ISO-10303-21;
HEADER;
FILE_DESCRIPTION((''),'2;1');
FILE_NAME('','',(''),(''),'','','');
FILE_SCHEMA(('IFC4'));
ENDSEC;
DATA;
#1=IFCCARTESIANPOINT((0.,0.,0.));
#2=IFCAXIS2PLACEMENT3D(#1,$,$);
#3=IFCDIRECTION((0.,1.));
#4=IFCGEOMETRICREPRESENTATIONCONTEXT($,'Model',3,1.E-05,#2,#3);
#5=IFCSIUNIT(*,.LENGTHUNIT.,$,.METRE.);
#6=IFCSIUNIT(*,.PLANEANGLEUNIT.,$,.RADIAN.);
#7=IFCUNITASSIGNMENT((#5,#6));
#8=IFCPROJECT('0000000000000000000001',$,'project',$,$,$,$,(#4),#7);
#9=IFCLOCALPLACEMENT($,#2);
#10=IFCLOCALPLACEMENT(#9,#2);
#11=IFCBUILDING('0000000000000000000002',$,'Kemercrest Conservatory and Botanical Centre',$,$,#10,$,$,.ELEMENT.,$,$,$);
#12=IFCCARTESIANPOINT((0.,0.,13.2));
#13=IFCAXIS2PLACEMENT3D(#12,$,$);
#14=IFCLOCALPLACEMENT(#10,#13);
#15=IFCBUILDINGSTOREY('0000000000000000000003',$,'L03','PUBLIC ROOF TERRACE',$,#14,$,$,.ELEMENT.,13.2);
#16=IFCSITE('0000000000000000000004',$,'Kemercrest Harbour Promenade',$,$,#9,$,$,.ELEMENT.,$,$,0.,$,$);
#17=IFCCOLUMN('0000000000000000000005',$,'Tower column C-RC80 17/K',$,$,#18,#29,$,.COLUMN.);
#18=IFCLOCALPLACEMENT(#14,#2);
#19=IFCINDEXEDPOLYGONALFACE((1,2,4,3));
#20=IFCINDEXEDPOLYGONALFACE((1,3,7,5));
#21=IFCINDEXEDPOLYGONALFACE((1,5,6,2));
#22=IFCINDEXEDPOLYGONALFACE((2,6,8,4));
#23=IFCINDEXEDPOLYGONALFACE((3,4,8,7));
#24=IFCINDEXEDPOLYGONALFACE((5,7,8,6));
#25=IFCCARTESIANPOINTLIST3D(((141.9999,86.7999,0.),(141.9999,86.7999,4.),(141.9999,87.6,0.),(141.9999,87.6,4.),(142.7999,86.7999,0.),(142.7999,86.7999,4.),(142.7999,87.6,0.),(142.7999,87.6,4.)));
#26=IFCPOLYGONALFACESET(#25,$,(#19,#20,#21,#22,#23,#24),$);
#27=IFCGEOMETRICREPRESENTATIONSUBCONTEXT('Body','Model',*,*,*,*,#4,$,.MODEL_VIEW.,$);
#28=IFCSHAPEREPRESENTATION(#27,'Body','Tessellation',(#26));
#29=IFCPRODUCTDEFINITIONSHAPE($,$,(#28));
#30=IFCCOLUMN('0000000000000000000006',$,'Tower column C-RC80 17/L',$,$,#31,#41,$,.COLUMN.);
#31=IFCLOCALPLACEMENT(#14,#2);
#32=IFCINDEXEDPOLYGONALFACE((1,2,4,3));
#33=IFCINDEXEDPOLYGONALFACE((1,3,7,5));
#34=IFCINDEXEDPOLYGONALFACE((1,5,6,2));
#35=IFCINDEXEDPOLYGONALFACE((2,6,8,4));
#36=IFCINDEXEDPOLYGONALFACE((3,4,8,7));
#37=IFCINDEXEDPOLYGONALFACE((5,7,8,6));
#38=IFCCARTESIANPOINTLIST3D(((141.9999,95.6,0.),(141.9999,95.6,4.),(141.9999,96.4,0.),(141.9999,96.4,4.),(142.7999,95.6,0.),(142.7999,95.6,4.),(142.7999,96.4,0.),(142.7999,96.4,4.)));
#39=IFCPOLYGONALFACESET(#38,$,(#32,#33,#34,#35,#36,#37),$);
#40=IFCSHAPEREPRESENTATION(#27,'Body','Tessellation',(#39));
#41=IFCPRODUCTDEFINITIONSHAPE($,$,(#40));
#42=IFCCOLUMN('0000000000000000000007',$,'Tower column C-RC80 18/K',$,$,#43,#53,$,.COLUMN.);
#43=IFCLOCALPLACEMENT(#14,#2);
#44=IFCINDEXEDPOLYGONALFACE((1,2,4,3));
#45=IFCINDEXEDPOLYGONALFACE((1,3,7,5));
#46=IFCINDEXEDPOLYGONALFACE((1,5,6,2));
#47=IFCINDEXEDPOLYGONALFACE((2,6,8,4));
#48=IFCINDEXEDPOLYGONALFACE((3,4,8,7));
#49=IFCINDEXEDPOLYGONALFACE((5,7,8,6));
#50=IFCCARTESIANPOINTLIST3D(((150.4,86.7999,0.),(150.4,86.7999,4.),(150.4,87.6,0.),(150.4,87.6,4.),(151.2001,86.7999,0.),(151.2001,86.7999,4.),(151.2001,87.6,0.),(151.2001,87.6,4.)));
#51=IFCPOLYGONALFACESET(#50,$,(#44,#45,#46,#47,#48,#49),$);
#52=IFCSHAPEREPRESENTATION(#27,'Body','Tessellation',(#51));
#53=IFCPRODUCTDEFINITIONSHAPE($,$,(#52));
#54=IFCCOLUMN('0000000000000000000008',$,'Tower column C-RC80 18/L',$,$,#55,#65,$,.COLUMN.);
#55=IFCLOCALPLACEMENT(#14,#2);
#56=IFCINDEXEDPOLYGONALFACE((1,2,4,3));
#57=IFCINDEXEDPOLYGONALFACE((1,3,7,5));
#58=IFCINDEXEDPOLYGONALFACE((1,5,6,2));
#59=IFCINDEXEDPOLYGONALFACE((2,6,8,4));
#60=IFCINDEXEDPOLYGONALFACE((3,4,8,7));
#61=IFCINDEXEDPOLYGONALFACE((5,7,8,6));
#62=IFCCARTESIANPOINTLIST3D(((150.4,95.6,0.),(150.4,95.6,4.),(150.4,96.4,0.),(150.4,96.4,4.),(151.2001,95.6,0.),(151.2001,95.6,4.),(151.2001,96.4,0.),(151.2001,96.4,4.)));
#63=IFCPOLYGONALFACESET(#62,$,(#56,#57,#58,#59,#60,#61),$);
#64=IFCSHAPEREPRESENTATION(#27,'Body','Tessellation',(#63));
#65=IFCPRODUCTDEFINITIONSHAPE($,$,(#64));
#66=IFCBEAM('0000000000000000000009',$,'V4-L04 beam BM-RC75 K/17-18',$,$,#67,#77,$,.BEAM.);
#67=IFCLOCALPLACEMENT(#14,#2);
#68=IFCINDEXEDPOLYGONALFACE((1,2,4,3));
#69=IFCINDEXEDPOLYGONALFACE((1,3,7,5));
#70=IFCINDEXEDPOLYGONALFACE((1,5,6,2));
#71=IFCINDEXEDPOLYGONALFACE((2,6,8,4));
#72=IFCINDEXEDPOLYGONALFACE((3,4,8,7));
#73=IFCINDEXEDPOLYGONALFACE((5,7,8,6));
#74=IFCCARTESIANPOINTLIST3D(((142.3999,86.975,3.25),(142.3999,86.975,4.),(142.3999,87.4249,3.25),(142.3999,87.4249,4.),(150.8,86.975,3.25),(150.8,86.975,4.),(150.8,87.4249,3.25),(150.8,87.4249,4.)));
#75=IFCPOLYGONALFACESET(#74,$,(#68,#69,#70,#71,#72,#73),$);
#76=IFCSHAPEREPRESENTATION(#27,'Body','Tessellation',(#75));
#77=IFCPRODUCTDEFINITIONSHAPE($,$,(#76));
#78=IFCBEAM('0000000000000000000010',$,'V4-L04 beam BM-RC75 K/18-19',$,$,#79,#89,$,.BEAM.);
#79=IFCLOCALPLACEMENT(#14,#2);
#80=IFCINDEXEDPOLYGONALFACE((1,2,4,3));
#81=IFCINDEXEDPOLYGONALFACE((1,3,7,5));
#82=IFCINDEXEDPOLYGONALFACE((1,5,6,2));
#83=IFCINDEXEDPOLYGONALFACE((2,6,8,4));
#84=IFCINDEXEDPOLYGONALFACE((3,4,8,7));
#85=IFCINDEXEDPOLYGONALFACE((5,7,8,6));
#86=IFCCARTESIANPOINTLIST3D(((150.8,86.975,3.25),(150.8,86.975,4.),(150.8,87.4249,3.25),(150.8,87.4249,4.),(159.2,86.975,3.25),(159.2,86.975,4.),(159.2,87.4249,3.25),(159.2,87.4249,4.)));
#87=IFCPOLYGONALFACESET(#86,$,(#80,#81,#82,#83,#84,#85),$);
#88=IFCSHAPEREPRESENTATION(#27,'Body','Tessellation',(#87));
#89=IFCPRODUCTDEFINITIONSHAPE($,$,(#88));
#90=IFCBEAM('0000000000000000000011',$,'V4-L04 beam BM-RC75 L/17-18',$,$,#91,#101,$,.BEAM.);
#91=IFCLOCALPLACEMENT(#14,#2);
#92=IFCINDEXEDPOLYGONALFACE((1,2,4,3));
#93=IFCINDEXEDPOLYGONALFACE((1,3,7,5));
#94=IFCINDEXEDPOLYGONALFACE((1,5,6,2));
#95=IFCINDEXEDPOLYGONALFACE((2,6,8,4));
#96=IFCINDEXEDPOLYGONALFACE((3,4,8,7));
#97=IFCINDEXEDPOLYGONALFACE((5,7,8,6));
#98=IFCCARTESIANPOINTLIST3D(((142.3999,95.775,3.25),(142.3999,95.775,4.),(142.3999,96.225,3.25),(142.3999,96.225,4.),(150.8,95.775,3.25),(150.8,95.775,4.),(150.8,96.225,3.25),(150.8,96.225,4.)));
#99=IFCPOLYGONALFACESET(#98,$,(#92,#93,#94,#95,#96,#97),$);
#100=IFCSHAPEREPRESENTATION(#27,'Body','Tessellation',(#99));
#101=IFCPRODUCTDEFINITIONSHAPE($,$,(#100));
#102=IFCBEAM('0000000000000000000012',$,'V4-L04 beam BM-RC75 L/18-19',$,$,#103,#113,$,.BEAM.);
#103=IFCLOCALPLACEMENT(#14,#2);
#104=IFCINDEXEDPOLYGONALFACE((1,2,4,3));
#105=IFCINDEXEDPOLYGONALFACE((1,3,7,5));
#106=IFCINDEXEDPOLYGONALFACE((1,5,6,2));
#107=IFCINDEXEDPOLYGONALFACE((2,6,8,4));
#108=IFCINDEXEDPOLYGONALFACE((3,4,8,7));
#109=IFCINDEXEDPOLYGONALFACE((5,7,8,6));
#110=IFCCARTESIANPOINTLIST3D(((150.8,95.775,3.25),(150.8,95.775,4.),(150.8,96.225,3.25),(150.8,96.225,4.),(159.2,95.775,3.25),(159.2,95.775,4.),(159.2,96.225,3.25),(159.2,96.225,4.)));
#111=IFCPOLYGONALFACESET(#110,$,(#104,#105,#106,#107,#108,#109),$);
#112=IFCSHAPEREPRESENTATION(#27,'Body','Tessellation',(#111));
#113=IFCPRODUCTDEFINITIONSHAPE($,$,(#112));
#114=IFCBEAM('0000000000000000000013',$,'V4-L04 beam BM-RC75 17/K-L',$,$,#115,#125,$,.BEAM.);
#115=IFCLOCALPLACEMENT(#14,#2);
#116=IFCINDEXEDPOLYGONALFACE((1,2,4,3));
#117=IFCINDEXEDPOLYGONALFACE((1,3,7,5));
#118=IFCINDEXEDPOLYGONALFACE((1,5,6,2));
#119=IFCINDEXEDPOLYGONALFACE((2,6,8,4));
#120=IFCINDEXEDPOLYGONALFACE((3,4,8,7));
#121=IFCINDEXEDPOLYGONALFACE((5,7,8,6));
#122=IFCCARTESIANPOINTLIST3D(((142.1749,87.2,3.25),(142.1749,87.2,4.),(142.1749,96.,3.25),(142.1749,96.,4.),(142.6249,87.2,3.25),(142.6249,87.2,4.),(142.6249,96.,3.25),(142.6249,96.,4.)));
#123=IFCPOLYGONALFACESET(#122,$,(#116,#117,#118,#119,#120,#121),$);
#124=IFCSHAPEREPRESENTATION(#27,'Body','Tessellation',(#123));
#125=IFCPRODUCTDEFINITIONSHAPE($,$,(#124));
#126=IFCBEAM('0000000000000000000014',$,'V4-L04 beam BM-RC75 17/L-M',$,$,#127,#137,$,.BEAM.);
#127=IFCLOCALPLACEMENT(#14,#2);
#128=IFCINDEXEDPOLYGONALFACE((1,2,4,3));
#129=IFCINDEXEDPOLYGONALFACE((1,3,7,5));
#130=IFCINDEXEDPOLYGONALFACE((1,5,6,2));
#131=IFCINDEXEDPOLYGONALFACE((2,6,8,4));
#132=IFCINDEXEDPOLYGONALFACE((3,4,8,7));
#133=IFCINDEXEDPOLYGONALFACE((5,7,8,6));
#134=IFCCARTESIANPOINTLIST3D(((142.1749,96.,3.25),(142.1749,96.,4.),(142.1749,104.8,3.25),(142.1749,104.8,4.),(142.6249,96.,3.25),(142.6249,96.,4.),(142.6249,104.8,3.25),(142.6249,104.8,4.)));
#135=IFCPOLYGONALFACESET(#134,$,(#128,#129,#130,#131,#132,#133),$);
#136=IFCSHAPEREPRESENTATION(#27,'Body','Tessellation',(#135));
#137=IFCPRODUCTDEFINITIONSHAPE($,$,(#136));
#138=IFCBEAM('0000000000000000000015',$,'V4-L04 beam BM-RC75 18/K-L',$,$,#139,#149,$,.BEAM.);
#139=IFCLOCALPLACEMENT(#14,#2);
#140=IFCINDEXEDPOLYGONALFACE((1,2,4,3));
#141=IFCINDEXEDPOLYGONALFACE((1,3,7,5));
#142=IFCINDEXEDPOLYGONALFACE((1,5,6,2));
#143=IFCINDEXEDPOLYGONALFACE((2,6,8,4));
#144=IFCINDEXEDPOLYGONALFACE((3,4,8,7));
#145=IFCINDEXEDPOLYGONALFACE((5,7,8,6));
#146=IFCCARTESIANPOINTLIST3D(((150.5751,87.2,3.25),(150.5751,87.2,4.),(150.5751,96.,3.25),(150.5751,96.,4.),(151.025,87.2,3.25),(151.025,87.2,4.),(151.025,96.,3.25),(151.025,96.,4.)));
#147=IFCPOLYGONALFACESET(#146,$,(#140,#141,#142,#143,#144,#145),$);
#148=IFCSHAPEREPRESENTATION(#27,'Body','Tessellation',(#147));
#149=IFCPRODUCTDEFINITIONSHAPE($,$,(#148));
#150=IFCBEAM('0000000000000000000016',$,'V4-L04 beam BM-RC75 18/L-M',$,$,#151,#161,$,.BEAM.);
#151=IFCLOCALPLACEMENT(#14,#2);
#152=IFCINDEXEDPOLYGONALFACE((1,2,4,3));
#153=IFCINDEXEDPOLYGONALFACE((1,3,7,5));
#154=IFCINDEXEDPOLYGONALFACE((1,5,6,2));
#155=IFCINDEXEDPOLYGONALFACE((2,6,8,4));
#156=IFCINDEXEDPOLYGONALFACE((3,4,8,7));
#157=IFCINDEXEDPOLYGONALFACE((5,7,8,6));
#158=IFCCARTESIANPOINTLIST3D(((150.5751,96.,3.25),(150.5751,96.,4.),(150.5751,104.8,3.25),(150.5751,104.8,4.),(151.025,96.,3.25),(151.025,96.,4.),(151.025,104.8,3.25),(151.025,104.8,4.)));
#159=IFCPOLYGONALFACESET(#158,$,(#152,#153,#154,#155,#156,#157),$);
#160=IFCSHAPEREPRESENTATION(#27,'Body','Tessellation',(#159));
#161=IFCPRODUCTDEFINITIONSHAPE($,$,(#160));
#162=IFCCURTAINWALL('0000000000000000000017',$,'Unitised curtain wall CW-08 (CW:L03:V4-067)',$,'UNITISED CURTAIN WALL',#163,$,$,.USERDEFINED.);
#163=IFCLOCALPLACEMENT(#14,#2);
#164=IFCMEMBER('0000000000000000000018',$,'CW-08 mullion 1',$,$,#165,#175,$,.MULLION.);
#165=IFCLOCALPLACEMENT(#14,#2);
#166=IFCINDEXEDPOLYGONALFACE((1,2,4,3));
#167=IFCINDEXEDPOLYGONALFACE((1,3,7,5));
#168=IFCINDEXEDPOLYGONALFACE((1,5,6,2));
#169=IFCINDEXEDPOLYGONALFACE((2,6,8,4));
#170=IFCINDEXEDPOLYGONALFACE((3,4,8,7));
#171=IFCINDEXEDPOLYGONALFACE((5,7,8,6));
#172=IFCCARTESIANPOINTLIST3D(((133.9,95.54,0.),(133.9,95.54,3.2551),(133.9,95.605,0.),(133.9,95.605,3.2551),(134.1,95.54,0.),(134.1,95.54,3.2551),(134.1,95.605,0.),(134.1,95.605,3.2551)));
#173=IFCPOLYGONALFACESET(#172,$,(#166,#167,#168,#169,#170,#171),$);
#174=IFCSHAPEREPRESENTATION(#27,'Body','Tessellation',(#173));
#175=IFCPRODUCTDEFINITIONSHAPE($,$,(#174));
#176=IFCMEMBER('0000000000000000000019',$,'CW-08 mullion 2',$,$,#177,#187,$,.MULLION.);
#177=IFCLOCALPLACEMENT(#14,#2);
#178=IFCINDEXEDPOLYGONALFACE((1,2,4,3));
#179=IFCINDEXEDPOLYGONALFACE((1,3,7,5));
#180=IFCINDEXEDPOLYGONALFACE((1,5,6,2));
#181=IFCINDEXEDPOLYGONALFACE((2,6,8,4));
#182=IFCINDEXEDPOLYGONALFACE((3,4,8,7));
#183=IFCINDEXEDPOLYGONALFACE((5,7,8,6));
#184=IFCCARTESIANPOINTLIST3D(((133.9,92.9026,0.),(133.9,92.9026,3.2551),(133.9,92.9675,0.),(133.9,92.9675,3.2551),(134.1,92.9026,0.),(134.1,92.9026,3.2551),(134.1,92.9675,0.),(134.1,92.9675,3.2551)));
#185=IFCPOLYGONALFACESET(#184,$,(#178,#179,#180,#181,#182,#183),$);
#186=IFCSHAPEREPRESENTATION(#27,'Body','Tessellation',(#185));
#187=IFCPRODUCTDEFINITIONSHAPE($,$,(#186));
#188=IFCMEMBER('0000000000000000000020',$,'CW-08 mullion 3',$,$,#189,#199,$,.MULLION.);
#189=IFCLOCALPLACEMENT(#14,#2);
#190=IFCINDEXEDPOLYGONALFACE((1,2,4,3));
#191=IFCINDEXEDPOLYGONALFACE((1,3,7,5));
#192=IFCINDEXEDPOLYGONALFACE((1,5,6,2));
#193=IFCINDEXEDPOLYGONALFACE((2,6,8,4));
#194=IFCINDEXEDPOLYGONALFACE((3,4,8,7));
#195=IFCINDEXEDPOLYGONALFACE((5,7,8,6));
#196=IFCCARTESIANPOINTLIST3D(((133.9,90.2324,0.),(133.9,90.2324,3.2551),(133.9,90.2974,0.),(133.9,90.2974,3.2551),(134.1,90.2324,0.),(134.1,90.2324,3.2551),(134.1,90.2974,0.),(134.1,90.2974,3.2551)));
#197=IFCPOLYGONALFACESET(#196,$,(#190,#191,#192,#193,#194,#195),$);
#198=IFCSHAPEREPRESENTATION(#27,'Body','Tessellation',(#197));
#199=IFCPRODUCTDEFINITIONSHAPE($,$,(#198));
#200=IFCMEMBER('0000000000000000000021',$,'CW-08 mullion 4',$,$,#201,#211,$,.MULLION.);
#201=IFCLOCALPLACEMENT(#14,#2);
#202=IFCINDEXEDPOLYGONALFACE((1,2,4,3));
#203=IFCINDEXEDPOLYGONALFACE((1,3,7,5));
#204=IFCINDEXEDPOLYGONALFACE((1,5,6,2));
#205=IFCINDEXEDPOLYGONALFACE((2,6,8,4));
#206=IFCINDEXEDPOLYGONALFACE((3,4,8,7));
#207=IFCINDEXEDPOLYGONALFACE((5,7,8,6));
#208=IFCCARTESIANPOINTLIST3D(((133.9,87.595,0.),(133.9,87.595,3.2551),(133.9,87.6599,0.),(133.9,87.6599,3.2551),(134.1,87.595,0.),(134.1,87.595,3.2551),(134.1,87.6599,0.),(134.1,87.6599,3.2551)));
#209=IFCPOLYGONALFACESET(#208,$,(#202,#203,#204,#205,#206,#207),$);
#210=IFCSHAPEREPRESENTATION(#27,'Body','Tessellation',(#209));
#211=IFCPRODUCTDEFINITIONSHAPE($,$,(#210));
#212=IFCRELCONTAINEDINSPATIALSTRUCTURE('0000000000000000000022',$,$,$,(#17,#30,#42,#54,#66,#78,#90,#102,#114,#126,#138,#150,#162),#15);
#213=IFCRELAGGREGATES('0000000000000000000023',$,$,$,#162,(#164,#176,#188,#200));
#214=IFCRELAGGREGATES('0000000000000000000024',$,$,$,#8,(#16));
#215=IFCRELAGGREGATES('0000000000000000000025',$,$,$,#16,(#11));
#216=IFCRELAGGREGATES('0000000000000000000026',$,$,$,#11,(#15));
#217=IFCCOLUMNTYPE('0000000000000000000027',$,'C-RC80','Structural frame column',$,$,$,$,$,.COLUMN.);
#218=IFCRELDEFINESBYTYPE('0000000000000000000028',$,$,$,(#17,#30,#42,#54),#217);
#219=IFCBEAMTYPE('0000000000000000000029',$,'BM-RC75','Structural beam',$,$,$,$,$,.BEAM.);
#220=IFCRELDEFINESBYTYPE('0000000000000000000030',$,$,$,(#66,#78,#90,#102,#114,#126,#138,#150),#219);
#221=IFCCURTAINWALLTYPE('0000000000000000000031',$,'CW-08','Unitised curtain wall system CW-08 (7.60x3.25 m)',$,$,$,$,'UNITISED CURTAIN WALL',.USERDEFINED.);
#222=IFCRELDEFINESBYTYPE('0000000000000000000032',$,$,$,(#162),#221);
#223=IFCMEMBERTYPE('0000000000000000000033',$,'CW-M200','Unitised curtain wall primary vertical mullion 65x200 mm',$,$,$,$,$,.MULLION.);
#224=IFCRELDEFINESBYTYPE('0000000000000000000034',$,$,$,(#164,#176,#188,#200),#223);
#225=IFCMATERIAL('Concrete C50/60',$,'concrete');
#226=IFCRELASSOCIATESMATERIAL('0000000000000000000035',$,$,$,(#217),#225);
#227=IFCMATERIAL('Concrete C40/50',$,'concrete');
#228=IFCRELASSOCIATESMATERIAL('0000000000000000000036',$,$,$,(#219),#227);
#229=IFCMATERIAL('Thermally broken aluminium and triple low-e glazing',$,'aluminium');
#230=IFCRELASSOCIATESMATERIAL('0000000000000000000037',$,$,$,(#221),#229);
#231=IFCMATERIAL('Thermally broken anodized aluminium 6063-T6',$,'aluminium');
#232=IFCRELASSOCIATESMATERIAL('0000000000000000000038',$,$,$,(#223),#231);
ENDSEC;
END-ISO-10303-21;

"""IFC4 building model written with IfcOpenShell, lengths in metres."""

from ifc_helpers import new_model, si_unit, direction, frame, origin, origin_2d, place, context, subcontext, project, spatial, rectangle, extrude, material, material_profile, profile_set, type_object, element, aggregate, save


model = new_model("IFC4")

# Units and contexts
model_context = context("Model", 3, precision=1e-05, world=origin(), true_north=direction((0.0, 1.0)))
body_context = subcontext(model_context, "Body", "Model", "MODEL_VIEW")
ifc_project = project(units=[si_unit("LENGTHUNIT", "METRE"), si_unit("PLANEANGLEUNIT", "RADIAN")], contexts=[model_context])

# Site, building, storey
site_placement = place(None, origin())
site = spatial("IfcSite", under=ifc_project, at=site_placement, Name="Kemercrest Harbour Promenade", CompositionType="ELEMENT", RefElevation=0.0)
building_placement = place(site_placement, origin())
building = spatial("IfcBuilding", under=site, at=building_placement, Name="Kemercrest Conservatory and Botanical Centre", CompositionType="ELEMENT")
storey_placement = place(building_placement, frame((0.0, 0.0, 13.2)))
storey = spatial("IfcBuildingStorey", under=building, at=storey_placement, Name="L03", Description="PUBLIC ROOF TERRACE", CompositionType="ELEMENT", Elevation=13.2)

# Columns
ifc_material_1 = material(Name="Concrete C50/60", Category="concrete")
ifc_material_profile_1 = material_profile(ifc_material_1, rectangle(XDim=0.8, YDim=0.8, at=origin_2d()), Name="RC 800x800")
ifc_profile_set_1 = profile_set([ifc_material_profile_1], Name="Concrete C50/60")
column_type = type_object("IfcColumnType", Name="C-RC80", Description="Structural frame column", PredefinedType="COLUMN", material=ifc_profile_set_1)
for number, where, z_axis, x_axis, name in (
    (1, (142.3999, 87.2, 0.0), (0.0, 0.0, 1.0), (1.0, 0.0, 0.0), "Tower column C-RC80 17/K"),
    (2, (142.3999, 96.0, 0.0), (0.0, 0.0, 1.0), (1.0, 0.0, 0.0), "Tower column C-RC80 17/L"),
    (3, (150.8, 87.2, 0.0), (0.0, 0.0, 1.0), (1.0, 0.0, 0.0), "Tower column C-RC80 18/K"),
    (4, (150.8, 96.0, 0.0), (0.0, 0.0, 1.0), (1.0, 0.0, 0.0), "Tower column C-RC80 18/L"),
):
    element("IfcColumn", number, at=place(storey_placement, frame(where, z_axis=z_axis, x_axis=x_axis)), inside=storey, type_object=column_type, Name=name, PredefinedType="COLUMN", context=body_context, shape_type="SweptSolid", body=[
        extrude(rectangle(XDim=0.8, YDim=0.8, at=origin_2d()), origin(), (0.0, 0.0, 1.0), 4.0),
    ])

# Beams
ifc_material_2 = material(Name="Concrete C40/50", Category="concrete")
ifc_material_profile_2 = material_profile(ifc_material_2, rectangle(XDim=0.45, YDim=0.75, at=origin_2d()), Name="RC 450x750")
ifc_profile_set_2 = profile_set([ifc_material_profile_2], Name="Concrete C40/50")
beam_type_1 = type_object("IfcBeamType", Name="BM-RC75", Description="Structural beam", PredefinedType="BEAM", material=ifc_profile_set_2)
beam_1_placement = place(storey_placement, frame((142.3999, 87.2, 3.625), z_axis=(1.0, 0.0, 0.0), x_axis=(0.0, 1.0, 0.0)))
element("IfcBeam", 5, at=beam_1_placement, inside=storey, type_object=beam_type_1, Name="V4-L04 beam BM-RC75 K/17-18", PredefinedType="BEAM", context=body_context, shape_type="SweptSolid", body=[
    extrude(rectangle(XDim=0.45, YDim=0.75, at=origin_2d()), origin(), (0.0, 0.0, 1.0), 8.4001),
])
beam_2_placement = place(storey_placement, frame((150.8, 87.2, 3.625), z_axis=(1.0, 0.0, 0.0), x_axis=(0.0, 1.0, 0.0)))
element("IfcBeam", 6, at=beam_2_placement, inside=storey, type_object=beam_type_1, Name="V4-L04 beam BM-RC75 K/18-19", PredefinedType="BEAM", context=body_context, shape_type="SweptSolid", body=[
    extrude(rectangle(XDim=0.45, YDim=0.75, at=origin_2d()), origin(), (0.0, 0.0, 1.0), 8.3999),
])
beam_3_placement = place(storey_placement, frame((142.3999, 96.0, 3.625), z_axis=(1.0, 0.0, 0.0), x_axis=(0.0, 1.0, 0.0)))
element("IfcBeam", 7, at=beam_3_placement, inside=storey, type_object=beam_type_1, Name="V4-L04 beam BM-RC75 L/17-18", PredefinedType="BEAM", context=body_context, shape_type="SweptSolid", body=[
    extrude(rectangle(XDim=0.45, YDim=0.75, at=origin_2d()), origin(), (0.0, 0.0, 1.0), 8.4001),
])
beam_4_placement = place(storey_placement, frame((150.8, 96.0, 3.625), z_axis=(1.0, 0.0, 0.0), x_axis=(0.0, 1.0, 0.0)))
element("IfcBeam", 8, at=beam_4_placement, inside=storey, type_object=beam_type_1, Name="V4-L04 beam BM-RC75 L/18-19", PredefinedType="BEAM", context=body_context, shape_type="SweptSolid", body=[
    extrude(rectangle(XDim=0.45, YDim=0.75, at=origin_2d()), origin(), (0.0, 0.0, 1.0), 8.3999),
])
for number, where, z_axis, x_axis, name in (
    (9, (142.3999, 87.2, 3.625), (0.0, 1.0, 0.0), (-1.0, 0.0, 0.0), "V4-L04 beam BM-RC75 17/K-L"),
    (10, (142.3999, 96.0, 3.625), (0.0, 1.0, 0.0), (-1.0, 0.0, 0.0), "V4-L04 beam BM-RC75 17/L-M"),
    (11, (150.8, 87.2, 3.625), (0.0, 1.0, 0.0), (-1.0, 0.0, 0.0), "V4-L04 beam BM-RC75 18/K-L"),
    (12, (150.8, 96.0, 3.625), (0.0, 1.0, 0.0), (-1.0, 0.0, 0.0), "V4-L04 beam BM-RC75 18/L-M"),
):
    element("IfcBeam", number, at=place(storey_placement, frame(where, z_axis=z_axis, x_axis=x_axis)), inside=storey, type_object=beam_type_1, Name=name, PredefinedType="BEAM", context=body_context, shape_type="SweptSolid", body=[
        extrude(rectangle(XDim=0.45, YDim=0.75, at=origin_2d()), origin(), (0.0, 0.0, 1.0), 8.8),
    ])

# Curtain wall, members
ifc_material_3 = material(Name="Thermally broken aluminium and triple low-e glazing", Category="aluminium")
curtain_wall_type = type_object("IfcCurtainWallType", Name="CW-08", Description="Unitised curtain wall system CW-08 (7.60x3.25 m)", ElementType="UNITISED CURTAIN WALL", PredefinedType="USERDEFINED", material=ifc_material_3)
curtain_wall_placement = place(storey_placement, origin())
curtain_wall = element("IfcCurtainWall", 13, at=curtain_wall_placement, inside=storey, type_object=curtain_wall_type, Name="Unitised curtain wall CW-08 (CW:L03:V4-067)", ObjectType="UNITISED CURTAIN WALL", PredefinedType="USERDEFINED")
ifc_material_4 = material(Name="Thermally broken anodized aluminium 6063-T6", Category="aluminium")
ifc_material_profile_3 = material_profile(ifc_material_4, rectangle(XDim=0.2, YDim=0.0649, at=origin_2d()), Name="AL MULLION 65x200")
ifc_profile_set_3 = profile_set([ifc_material_profile_3], Name="Thermally broken anodized aluminium 6063-T6")
member_type_1 = type_object("IfcMemberType", Name="CW-M200", Description="Unitised curtain wall primary vertical mullion 65x200 mm", PredefinedType="MULLION", material=ifc_profile_set_3)
member_1_placement = place(storey_placement, frame((134.0, 95.5725, 0.0), z_axis=(0.0, 0.0, 1.0), x_axis=(1.0, 0.0, 0.0)))
member_1 = element("IfcMember", 14, at=member_1_placement, type_object=member_type_1, Name="CW-08 mullion 1", PredefinedType="MULLION", context=body_context, shape_type="SweptSolid", body=[
    extrude(rectangle(XDim=0.2, YDim=0.0649, at=origin_2d()), origin(), (0.0, 0.0, 1.0), 3.2551),
])
member_2_placement = place(storey_placement, frame((134.0, 92.9351, 0.0), z_axis=(0.0, 0.0, 1.0), x_axis=(1.0, 0.0, 0.0)))
member_2 = element("IfcMember", 15, at=member_2_placement, type_object=member_type_1, Name="CW-08 mullion 2", PredefinedType="MULLION", context=body_context, shape_type="SweptSolid", body=[
    extrude(rectangle(XDim=0.2, YDim=0.0649, at=origin_2d()), origin(), (0.0, 0.0, 1.0), 3.2551),
])
member_3_placement = place(storey_placement, frame((134.0, 90.2649, 0.0), z_axis=(0.0, 0.0, 1.0), x_axis=(1.0, 0.0, 0.0)))
member_3 = element("IfcMember", 16, at=member_3_placement, type_object=member_type_1, Name="CW-08 mullion 3", PredefinedType="MULLION", context=body_context, shape_type="SweptSolid", body=[
    extrude(rectangle(XDim=0.2, YDim=0.0649, at=origin_2d()), origin(), (0.0, 0.0, 1.0), 3.2551),
])
member_4_placement = place(storey_placement, frame((134.0, 87.6274, 0.0), z_axis=(0.0, 0.0, 1.0), x_axis=(1.0, 0.0, 0.0)))
member_4 = element("IfcMember", 17, at=member_4_placement, type_object=member_type_1, Name="CW-08 mullion 4", PredefinedType="MULLION", context=body_context, shape_type="SweptSolid", body=[
    extrude(rectangle(XDim=0.2, YDim=0.0649, at=origin_2d()), origin(), (0.0, 0.0, 1.0), 3.2551),
])

aggregate(curtain_wall, [member_1, member_2, member_3, member_4])

save(model, "model.ifc")
